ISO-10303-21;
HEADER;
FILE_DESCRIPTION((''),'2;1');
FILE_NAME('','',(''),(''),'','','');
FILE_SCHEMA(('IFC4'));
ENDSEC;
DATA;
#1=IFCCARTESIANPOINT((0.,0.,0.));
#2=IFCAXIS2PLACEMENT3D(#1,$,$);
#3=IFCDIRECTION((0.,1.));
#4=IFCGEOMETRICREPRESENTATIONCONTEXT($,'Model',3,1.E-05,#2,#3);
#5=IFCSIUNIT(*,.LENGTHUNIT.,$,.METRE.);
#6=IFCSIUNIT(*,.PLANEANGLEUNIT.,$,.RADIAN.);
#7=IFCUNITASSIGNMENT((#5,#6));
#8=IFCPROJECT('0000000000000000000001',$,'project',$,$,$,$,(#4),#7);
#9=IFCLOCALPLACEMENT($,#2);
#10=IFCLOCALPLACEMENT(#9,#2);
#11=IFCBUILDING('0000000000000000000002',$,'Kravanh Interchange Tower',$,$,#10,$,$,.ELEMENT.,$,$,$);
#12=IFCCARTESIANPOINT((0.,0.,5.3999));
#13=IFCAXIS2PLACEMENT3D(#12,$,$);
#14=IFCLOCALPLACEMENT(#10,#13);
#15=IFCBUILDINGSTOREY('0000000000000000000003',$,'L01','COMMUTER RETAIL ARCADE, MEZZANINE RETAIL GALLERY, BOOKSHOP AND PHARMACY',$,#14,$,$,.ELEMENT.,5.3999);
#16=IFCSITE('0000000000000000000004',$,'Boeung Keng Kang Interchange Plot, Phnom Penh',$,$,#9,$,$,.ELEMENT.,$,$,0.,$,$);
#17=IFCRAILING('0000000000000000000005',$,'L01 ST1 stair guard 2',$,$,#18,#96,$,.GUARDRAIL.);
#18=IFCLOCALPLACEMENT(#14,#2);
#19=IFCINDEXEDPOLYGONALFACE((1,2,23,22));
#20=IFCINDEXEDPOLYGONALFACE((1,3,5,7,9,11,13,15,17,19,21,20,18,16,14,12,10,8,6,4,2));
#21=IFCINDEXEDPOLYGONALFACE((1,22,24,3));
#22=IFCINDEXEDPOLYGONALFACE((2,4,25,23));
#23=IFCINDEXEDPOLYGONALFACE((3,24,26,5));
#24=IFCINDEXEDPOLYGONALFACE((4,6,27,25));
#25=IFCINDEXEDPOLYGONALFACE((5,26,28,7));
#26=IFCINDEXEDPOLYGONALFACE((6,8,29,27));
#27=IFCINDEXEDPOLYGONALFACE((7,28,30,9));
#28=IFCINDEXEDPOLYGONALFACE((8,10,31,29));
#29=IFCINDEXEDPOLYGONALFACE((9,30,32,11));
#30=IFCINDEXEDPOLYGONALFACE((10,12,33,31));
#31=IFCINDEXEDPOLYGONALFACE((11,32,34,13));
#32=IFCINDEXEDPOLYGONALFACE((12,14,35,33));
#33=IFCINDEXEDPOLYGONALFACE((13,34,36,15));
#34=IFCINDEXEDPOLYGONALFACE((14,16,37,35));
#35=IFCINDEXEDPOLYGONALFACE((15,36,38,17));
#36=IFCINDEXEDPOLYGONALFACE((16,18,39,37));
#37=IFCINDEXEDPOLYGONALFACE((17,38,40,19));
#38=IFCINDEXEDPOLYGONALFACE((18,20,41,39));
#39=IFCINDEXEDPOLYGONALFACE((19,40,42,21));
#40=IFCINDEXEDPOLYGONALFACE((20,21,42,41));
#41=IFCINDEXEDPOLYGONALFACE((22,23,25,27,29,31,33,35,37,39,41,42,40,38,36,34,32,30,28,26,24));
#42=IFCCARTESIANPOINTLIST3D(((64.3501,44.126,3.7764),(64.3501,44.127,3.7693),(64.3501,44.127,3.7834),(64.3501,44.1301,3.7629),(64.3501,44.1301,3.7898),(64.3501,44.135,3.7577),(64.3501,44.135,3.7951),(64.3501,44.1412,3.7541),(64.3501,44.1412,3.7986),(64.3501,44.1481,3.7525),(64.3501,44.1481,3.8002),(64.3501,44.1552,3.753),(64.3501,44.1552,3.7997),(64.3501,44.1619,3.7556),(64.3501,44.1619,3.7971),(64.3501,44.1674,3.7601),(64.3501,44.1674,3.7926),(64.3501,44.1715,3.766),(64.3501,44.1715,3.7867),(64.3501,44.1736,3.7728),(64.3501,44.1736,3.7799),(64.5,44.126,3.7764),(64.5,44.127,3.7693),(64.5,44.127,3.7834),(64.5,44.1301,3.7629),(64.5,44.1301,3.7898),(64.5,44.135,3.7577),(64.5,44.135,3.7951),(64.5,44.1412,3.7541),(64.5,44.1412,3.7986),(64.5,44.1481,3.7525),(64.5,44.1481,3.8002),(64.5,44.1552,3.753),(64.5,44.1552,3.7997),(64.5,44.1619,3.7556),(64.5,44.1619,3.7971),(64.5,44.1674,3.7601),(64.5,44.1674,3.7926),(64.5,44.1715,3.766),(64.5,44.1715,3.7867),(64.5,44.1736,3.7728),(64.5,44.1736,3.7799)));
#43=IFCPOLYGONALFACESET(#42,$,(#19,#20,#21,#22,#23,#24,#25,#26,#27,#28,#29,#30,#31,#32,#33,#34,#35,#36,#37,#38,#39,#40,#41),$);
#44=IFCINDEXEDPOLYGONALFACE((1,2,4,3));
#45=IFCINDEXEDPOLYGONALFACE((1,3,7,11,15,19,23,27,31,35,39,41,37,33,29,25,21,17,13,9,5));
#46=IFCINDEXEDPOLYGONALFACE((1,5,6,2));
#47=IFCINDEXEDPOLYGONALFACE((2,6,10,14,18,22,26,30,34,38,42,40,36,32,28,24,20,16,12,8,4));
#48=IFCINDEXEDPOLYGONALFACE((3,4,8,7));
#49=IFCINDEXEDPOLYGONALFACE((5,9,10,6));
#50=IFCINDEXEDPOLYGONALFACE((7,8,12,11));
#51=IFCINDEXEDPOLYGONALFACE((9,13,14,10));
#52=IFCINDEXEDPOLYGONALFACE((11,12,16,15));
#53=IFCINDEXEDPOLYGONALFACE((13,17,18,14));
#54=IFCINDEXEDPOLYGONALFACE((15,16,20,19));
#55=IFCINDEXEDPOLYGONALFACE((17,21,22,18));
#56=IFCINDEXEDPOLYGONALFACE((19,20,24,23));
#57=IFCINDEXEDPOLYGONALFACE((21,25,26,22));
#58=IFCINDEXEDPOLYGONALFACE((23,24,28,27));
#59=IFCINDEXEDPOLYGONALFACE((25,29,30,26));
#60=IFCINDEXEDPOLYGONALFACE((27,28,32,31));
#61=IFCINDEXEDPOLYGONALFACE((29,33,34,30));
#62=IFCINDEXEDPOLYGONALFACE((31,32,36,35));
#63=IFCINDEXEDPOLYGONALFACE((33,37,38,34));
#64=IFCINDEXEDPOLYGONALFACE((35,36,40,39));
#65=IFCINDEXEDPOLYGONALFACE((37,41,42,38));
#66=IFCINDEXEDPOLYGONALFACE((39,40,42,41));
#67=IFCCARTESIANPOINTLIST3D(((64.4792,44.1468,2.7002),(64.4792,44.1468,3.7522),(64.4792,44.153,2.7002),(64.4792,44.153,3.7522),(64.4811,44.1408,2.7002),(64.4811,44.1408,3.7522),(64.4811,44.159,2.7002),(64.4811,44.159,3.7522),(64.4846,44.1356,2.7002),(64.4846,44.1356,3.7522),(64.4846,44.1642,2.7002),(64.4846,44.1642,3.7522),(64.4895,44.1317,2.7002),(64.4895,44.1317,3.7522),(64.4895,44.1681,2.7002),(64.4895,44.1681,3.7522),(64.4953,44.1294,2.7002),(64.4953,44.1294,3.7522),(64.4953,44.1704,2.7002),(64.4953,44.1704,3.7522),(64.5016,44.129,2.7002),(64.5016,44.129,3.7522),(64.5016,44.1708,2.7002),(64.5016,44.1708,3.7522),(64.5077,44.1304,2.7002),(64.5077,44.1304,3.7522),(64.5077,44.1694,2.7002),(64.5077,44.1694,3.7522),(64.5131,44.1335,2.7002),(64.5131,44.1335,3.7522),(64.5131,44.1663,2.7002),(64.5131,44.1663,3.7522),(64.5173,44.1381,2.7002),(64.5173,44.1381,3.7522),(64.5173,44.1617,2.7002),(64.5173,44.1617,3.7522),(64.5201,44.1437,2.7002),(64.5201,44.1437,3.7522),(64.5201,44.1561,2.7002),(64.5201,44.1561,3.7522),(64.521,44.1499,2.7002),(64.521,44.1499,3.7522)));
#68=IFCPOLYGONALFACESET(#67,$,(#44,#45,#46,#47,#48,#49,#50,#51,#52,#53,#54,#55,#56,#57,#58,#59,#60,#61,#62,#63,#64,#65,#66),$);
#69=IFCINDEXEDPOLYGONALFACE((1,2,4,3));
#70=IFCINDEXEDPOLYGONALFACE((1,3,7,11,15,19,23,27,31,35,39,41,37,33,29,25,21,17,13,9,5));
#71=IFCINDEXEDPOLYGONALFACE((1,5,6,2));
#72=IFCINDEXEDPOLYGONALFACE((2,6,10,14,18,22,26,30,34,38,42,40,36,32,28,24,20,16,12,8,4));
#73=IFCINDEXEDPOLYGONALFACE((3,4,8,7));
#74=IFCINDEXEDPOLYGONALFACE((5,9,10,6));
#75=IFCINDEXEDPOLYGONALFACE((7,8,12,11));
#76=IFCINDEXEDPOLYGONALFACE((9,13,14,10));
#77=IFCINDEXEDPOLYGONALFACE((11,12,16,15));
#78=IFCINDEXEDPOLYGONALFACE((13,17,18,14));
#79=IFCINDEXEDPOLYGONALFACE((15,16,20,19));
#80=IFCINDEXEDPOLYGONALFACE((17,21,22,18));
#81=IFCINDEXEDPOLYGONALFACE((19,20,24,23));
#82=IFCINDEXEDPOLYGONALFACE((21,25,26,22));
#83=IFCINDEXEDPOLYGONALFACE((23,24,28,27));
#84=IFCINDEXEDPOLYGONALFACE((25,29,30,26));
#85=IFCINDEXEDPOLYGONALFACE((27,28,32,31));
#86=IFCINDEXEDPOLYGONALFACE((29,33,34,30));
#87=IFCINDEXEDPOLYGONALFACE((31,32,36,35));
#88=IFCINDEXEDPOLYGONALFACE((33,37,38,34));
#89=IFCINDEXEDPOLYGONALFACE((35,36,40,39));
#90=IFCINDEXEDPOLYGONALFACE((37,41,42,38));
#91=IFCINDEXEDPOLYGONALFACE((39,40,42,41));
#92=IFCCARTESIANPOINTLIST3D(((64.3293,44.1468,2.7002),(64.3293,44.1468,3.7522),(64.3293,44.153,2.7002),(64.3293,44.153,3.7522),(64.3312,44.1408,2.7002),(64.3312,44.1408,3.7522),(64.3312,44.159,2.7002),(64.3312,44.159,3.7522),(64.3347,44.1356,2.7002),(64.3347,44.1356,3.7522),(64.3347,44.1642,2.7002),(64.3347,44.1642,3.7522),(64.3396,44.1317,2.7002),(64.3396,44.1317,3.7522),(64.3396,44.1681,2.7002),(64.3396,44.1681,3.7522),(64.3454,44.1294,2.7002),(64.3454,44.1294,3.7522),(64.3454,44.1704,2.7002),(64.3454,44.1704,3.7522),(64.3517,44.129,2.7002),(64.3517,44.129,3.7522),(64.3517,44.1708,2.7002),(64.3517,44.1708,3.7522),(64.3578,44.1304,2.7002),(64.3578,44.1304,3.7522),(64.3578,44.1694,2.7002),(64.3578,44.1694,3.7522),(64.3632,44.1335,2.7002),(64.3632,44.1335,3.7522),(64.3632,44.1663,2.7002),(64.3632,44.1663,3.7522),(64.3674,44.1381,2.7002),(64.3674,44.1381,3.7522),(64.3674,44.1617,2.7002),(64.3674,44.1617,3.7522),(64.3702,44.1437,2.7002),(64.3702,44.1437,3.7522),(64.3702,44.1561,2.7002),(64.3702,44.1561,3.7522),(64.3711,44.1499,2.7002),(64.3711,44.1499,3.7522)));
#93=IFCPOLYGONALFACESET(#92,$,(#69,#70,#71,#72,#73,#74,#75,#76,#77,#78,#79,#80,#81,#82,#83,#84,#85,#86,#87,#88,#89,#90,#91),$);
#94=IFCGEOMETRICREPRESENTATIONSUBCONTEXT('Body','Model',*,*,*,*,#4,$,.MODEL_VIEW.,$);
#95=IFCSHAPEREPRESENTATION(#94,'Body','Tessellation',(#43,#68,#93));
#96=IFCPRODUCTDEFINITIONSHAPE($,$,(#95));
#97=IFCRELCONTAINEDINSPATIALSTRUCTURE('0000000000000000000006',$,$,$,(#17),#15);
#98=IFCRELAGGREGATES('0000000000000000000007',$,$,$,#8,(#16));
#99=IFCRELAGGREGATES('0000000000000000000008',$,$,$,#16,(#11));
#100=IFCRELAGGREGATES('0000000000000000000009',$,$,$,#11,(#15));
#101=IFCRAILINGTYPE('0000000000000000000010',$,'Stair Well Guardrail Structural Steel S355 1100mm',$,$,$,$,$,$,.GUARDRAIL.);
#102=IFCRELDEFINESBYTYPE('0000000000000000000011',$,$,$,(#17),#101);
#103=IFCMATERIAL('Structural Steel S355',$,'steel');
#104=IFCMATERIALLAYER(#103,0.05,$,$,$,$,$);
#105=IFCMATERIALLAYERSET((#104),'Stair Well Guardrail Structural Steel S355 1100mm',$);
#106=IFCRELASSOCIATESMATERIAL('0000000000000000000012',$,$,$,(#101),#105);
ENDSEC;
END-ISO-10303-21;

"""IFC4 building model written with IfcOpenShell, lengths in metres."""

from ifc_helpers import new_model, si_unit, direction, frame, origin, origin_2d, place, context, subcontext, project, spatial, circle, extrude, material, layer, layer_set, type_object, element, save


model = new_model("IFC4")

# Units and contexts
model_context = context("Model", 3, precision=1e-05, world=origin(), true_north=direction((0.0, 1.0)))
body_context = subcontext(model_context, "Body", "Model", "MODEL_VIEW")
ifc_project = project(units=[si_unit("LENGTHUNIT", "METRE"), si_unit("PLANEANGLEUNIT", "RADIAN")], contexts=[model_context])

# Site, building, storey
site_placement = place(None, origin())
site = spatial("IfcSite", under=ifc_project, at=site_placement, Name="Boeung Keng Kang Interchange Plot, Phnom Penh", CompositionType="ELEMENT", RefElevation=0.0)
building_placement = place(site_placement, origin())
building = spatial("IfcBuilding", under=site, at=building_placement, Name="Kravanh Interchange Tower", CompositionType="ELEMENT")
storey_placement = place(building_placement, frame((0.0, 0.0, 5.3999)))
storey = spatial("IfcBuildingStorey", under=building, at=storey_placement, Name="L01", Description="COMMUTER RETAIL ARCADE, MEZZANINE RETAIL GALLERY, BOOKSHOP AND PHARMACY", CompositionType="ELEMENT", Elevation=5.3999)

# Railing
ifc_material_1 = material(Name="Structural Steel S355", Category="steel")
ifc_layer_1 = layer(ifc_material_1, 0.05)
ifc_layer_set_1 = layer_set([ifc_layer_1], Name="Stair Well Guardrail Structural Steel S355 1100mm")
railing_type_1 = type_object("IfcRailingType", Name="Stair Well Guardrail Structural Steel S355 1100mm", PredefinedType="GUARDRAIL", material=ifc_layer_set_1)
railing_1_placement = place(storey_placement, frame((64.5, 44.1499, 2.7002)))
element("IfcRailing", 1, at=railing_1_placement, inside=storey, type_object=railing_type_1, Name="L01 ST1 stair guard 2", PredefinedType="GUARDRAIL", context=body_context, shape_type="SweptSolid", body=[
    extrude(circle(Radius=0.0239, at=origin_2d()), frame((0.0, 0.0, 1.0762), z_axis=(-1.0, 0.0, 0.0), x_axis=(0.0, -1.0, 0.0)), (0.0, 0.0, 1.0), 0.1499),
    extrude(circle(Radius=0.021, at=origin_2d()), origin(), (0.0, 0.0, 1.0), 1.052),
    extrude(circle(Radius=0.021, at=origin_2d()), frame((-0.1499, 0.0, 0.0)), (0.0, 0.0, 1.0), 1.052),
])

save(model, "model.ifc")
